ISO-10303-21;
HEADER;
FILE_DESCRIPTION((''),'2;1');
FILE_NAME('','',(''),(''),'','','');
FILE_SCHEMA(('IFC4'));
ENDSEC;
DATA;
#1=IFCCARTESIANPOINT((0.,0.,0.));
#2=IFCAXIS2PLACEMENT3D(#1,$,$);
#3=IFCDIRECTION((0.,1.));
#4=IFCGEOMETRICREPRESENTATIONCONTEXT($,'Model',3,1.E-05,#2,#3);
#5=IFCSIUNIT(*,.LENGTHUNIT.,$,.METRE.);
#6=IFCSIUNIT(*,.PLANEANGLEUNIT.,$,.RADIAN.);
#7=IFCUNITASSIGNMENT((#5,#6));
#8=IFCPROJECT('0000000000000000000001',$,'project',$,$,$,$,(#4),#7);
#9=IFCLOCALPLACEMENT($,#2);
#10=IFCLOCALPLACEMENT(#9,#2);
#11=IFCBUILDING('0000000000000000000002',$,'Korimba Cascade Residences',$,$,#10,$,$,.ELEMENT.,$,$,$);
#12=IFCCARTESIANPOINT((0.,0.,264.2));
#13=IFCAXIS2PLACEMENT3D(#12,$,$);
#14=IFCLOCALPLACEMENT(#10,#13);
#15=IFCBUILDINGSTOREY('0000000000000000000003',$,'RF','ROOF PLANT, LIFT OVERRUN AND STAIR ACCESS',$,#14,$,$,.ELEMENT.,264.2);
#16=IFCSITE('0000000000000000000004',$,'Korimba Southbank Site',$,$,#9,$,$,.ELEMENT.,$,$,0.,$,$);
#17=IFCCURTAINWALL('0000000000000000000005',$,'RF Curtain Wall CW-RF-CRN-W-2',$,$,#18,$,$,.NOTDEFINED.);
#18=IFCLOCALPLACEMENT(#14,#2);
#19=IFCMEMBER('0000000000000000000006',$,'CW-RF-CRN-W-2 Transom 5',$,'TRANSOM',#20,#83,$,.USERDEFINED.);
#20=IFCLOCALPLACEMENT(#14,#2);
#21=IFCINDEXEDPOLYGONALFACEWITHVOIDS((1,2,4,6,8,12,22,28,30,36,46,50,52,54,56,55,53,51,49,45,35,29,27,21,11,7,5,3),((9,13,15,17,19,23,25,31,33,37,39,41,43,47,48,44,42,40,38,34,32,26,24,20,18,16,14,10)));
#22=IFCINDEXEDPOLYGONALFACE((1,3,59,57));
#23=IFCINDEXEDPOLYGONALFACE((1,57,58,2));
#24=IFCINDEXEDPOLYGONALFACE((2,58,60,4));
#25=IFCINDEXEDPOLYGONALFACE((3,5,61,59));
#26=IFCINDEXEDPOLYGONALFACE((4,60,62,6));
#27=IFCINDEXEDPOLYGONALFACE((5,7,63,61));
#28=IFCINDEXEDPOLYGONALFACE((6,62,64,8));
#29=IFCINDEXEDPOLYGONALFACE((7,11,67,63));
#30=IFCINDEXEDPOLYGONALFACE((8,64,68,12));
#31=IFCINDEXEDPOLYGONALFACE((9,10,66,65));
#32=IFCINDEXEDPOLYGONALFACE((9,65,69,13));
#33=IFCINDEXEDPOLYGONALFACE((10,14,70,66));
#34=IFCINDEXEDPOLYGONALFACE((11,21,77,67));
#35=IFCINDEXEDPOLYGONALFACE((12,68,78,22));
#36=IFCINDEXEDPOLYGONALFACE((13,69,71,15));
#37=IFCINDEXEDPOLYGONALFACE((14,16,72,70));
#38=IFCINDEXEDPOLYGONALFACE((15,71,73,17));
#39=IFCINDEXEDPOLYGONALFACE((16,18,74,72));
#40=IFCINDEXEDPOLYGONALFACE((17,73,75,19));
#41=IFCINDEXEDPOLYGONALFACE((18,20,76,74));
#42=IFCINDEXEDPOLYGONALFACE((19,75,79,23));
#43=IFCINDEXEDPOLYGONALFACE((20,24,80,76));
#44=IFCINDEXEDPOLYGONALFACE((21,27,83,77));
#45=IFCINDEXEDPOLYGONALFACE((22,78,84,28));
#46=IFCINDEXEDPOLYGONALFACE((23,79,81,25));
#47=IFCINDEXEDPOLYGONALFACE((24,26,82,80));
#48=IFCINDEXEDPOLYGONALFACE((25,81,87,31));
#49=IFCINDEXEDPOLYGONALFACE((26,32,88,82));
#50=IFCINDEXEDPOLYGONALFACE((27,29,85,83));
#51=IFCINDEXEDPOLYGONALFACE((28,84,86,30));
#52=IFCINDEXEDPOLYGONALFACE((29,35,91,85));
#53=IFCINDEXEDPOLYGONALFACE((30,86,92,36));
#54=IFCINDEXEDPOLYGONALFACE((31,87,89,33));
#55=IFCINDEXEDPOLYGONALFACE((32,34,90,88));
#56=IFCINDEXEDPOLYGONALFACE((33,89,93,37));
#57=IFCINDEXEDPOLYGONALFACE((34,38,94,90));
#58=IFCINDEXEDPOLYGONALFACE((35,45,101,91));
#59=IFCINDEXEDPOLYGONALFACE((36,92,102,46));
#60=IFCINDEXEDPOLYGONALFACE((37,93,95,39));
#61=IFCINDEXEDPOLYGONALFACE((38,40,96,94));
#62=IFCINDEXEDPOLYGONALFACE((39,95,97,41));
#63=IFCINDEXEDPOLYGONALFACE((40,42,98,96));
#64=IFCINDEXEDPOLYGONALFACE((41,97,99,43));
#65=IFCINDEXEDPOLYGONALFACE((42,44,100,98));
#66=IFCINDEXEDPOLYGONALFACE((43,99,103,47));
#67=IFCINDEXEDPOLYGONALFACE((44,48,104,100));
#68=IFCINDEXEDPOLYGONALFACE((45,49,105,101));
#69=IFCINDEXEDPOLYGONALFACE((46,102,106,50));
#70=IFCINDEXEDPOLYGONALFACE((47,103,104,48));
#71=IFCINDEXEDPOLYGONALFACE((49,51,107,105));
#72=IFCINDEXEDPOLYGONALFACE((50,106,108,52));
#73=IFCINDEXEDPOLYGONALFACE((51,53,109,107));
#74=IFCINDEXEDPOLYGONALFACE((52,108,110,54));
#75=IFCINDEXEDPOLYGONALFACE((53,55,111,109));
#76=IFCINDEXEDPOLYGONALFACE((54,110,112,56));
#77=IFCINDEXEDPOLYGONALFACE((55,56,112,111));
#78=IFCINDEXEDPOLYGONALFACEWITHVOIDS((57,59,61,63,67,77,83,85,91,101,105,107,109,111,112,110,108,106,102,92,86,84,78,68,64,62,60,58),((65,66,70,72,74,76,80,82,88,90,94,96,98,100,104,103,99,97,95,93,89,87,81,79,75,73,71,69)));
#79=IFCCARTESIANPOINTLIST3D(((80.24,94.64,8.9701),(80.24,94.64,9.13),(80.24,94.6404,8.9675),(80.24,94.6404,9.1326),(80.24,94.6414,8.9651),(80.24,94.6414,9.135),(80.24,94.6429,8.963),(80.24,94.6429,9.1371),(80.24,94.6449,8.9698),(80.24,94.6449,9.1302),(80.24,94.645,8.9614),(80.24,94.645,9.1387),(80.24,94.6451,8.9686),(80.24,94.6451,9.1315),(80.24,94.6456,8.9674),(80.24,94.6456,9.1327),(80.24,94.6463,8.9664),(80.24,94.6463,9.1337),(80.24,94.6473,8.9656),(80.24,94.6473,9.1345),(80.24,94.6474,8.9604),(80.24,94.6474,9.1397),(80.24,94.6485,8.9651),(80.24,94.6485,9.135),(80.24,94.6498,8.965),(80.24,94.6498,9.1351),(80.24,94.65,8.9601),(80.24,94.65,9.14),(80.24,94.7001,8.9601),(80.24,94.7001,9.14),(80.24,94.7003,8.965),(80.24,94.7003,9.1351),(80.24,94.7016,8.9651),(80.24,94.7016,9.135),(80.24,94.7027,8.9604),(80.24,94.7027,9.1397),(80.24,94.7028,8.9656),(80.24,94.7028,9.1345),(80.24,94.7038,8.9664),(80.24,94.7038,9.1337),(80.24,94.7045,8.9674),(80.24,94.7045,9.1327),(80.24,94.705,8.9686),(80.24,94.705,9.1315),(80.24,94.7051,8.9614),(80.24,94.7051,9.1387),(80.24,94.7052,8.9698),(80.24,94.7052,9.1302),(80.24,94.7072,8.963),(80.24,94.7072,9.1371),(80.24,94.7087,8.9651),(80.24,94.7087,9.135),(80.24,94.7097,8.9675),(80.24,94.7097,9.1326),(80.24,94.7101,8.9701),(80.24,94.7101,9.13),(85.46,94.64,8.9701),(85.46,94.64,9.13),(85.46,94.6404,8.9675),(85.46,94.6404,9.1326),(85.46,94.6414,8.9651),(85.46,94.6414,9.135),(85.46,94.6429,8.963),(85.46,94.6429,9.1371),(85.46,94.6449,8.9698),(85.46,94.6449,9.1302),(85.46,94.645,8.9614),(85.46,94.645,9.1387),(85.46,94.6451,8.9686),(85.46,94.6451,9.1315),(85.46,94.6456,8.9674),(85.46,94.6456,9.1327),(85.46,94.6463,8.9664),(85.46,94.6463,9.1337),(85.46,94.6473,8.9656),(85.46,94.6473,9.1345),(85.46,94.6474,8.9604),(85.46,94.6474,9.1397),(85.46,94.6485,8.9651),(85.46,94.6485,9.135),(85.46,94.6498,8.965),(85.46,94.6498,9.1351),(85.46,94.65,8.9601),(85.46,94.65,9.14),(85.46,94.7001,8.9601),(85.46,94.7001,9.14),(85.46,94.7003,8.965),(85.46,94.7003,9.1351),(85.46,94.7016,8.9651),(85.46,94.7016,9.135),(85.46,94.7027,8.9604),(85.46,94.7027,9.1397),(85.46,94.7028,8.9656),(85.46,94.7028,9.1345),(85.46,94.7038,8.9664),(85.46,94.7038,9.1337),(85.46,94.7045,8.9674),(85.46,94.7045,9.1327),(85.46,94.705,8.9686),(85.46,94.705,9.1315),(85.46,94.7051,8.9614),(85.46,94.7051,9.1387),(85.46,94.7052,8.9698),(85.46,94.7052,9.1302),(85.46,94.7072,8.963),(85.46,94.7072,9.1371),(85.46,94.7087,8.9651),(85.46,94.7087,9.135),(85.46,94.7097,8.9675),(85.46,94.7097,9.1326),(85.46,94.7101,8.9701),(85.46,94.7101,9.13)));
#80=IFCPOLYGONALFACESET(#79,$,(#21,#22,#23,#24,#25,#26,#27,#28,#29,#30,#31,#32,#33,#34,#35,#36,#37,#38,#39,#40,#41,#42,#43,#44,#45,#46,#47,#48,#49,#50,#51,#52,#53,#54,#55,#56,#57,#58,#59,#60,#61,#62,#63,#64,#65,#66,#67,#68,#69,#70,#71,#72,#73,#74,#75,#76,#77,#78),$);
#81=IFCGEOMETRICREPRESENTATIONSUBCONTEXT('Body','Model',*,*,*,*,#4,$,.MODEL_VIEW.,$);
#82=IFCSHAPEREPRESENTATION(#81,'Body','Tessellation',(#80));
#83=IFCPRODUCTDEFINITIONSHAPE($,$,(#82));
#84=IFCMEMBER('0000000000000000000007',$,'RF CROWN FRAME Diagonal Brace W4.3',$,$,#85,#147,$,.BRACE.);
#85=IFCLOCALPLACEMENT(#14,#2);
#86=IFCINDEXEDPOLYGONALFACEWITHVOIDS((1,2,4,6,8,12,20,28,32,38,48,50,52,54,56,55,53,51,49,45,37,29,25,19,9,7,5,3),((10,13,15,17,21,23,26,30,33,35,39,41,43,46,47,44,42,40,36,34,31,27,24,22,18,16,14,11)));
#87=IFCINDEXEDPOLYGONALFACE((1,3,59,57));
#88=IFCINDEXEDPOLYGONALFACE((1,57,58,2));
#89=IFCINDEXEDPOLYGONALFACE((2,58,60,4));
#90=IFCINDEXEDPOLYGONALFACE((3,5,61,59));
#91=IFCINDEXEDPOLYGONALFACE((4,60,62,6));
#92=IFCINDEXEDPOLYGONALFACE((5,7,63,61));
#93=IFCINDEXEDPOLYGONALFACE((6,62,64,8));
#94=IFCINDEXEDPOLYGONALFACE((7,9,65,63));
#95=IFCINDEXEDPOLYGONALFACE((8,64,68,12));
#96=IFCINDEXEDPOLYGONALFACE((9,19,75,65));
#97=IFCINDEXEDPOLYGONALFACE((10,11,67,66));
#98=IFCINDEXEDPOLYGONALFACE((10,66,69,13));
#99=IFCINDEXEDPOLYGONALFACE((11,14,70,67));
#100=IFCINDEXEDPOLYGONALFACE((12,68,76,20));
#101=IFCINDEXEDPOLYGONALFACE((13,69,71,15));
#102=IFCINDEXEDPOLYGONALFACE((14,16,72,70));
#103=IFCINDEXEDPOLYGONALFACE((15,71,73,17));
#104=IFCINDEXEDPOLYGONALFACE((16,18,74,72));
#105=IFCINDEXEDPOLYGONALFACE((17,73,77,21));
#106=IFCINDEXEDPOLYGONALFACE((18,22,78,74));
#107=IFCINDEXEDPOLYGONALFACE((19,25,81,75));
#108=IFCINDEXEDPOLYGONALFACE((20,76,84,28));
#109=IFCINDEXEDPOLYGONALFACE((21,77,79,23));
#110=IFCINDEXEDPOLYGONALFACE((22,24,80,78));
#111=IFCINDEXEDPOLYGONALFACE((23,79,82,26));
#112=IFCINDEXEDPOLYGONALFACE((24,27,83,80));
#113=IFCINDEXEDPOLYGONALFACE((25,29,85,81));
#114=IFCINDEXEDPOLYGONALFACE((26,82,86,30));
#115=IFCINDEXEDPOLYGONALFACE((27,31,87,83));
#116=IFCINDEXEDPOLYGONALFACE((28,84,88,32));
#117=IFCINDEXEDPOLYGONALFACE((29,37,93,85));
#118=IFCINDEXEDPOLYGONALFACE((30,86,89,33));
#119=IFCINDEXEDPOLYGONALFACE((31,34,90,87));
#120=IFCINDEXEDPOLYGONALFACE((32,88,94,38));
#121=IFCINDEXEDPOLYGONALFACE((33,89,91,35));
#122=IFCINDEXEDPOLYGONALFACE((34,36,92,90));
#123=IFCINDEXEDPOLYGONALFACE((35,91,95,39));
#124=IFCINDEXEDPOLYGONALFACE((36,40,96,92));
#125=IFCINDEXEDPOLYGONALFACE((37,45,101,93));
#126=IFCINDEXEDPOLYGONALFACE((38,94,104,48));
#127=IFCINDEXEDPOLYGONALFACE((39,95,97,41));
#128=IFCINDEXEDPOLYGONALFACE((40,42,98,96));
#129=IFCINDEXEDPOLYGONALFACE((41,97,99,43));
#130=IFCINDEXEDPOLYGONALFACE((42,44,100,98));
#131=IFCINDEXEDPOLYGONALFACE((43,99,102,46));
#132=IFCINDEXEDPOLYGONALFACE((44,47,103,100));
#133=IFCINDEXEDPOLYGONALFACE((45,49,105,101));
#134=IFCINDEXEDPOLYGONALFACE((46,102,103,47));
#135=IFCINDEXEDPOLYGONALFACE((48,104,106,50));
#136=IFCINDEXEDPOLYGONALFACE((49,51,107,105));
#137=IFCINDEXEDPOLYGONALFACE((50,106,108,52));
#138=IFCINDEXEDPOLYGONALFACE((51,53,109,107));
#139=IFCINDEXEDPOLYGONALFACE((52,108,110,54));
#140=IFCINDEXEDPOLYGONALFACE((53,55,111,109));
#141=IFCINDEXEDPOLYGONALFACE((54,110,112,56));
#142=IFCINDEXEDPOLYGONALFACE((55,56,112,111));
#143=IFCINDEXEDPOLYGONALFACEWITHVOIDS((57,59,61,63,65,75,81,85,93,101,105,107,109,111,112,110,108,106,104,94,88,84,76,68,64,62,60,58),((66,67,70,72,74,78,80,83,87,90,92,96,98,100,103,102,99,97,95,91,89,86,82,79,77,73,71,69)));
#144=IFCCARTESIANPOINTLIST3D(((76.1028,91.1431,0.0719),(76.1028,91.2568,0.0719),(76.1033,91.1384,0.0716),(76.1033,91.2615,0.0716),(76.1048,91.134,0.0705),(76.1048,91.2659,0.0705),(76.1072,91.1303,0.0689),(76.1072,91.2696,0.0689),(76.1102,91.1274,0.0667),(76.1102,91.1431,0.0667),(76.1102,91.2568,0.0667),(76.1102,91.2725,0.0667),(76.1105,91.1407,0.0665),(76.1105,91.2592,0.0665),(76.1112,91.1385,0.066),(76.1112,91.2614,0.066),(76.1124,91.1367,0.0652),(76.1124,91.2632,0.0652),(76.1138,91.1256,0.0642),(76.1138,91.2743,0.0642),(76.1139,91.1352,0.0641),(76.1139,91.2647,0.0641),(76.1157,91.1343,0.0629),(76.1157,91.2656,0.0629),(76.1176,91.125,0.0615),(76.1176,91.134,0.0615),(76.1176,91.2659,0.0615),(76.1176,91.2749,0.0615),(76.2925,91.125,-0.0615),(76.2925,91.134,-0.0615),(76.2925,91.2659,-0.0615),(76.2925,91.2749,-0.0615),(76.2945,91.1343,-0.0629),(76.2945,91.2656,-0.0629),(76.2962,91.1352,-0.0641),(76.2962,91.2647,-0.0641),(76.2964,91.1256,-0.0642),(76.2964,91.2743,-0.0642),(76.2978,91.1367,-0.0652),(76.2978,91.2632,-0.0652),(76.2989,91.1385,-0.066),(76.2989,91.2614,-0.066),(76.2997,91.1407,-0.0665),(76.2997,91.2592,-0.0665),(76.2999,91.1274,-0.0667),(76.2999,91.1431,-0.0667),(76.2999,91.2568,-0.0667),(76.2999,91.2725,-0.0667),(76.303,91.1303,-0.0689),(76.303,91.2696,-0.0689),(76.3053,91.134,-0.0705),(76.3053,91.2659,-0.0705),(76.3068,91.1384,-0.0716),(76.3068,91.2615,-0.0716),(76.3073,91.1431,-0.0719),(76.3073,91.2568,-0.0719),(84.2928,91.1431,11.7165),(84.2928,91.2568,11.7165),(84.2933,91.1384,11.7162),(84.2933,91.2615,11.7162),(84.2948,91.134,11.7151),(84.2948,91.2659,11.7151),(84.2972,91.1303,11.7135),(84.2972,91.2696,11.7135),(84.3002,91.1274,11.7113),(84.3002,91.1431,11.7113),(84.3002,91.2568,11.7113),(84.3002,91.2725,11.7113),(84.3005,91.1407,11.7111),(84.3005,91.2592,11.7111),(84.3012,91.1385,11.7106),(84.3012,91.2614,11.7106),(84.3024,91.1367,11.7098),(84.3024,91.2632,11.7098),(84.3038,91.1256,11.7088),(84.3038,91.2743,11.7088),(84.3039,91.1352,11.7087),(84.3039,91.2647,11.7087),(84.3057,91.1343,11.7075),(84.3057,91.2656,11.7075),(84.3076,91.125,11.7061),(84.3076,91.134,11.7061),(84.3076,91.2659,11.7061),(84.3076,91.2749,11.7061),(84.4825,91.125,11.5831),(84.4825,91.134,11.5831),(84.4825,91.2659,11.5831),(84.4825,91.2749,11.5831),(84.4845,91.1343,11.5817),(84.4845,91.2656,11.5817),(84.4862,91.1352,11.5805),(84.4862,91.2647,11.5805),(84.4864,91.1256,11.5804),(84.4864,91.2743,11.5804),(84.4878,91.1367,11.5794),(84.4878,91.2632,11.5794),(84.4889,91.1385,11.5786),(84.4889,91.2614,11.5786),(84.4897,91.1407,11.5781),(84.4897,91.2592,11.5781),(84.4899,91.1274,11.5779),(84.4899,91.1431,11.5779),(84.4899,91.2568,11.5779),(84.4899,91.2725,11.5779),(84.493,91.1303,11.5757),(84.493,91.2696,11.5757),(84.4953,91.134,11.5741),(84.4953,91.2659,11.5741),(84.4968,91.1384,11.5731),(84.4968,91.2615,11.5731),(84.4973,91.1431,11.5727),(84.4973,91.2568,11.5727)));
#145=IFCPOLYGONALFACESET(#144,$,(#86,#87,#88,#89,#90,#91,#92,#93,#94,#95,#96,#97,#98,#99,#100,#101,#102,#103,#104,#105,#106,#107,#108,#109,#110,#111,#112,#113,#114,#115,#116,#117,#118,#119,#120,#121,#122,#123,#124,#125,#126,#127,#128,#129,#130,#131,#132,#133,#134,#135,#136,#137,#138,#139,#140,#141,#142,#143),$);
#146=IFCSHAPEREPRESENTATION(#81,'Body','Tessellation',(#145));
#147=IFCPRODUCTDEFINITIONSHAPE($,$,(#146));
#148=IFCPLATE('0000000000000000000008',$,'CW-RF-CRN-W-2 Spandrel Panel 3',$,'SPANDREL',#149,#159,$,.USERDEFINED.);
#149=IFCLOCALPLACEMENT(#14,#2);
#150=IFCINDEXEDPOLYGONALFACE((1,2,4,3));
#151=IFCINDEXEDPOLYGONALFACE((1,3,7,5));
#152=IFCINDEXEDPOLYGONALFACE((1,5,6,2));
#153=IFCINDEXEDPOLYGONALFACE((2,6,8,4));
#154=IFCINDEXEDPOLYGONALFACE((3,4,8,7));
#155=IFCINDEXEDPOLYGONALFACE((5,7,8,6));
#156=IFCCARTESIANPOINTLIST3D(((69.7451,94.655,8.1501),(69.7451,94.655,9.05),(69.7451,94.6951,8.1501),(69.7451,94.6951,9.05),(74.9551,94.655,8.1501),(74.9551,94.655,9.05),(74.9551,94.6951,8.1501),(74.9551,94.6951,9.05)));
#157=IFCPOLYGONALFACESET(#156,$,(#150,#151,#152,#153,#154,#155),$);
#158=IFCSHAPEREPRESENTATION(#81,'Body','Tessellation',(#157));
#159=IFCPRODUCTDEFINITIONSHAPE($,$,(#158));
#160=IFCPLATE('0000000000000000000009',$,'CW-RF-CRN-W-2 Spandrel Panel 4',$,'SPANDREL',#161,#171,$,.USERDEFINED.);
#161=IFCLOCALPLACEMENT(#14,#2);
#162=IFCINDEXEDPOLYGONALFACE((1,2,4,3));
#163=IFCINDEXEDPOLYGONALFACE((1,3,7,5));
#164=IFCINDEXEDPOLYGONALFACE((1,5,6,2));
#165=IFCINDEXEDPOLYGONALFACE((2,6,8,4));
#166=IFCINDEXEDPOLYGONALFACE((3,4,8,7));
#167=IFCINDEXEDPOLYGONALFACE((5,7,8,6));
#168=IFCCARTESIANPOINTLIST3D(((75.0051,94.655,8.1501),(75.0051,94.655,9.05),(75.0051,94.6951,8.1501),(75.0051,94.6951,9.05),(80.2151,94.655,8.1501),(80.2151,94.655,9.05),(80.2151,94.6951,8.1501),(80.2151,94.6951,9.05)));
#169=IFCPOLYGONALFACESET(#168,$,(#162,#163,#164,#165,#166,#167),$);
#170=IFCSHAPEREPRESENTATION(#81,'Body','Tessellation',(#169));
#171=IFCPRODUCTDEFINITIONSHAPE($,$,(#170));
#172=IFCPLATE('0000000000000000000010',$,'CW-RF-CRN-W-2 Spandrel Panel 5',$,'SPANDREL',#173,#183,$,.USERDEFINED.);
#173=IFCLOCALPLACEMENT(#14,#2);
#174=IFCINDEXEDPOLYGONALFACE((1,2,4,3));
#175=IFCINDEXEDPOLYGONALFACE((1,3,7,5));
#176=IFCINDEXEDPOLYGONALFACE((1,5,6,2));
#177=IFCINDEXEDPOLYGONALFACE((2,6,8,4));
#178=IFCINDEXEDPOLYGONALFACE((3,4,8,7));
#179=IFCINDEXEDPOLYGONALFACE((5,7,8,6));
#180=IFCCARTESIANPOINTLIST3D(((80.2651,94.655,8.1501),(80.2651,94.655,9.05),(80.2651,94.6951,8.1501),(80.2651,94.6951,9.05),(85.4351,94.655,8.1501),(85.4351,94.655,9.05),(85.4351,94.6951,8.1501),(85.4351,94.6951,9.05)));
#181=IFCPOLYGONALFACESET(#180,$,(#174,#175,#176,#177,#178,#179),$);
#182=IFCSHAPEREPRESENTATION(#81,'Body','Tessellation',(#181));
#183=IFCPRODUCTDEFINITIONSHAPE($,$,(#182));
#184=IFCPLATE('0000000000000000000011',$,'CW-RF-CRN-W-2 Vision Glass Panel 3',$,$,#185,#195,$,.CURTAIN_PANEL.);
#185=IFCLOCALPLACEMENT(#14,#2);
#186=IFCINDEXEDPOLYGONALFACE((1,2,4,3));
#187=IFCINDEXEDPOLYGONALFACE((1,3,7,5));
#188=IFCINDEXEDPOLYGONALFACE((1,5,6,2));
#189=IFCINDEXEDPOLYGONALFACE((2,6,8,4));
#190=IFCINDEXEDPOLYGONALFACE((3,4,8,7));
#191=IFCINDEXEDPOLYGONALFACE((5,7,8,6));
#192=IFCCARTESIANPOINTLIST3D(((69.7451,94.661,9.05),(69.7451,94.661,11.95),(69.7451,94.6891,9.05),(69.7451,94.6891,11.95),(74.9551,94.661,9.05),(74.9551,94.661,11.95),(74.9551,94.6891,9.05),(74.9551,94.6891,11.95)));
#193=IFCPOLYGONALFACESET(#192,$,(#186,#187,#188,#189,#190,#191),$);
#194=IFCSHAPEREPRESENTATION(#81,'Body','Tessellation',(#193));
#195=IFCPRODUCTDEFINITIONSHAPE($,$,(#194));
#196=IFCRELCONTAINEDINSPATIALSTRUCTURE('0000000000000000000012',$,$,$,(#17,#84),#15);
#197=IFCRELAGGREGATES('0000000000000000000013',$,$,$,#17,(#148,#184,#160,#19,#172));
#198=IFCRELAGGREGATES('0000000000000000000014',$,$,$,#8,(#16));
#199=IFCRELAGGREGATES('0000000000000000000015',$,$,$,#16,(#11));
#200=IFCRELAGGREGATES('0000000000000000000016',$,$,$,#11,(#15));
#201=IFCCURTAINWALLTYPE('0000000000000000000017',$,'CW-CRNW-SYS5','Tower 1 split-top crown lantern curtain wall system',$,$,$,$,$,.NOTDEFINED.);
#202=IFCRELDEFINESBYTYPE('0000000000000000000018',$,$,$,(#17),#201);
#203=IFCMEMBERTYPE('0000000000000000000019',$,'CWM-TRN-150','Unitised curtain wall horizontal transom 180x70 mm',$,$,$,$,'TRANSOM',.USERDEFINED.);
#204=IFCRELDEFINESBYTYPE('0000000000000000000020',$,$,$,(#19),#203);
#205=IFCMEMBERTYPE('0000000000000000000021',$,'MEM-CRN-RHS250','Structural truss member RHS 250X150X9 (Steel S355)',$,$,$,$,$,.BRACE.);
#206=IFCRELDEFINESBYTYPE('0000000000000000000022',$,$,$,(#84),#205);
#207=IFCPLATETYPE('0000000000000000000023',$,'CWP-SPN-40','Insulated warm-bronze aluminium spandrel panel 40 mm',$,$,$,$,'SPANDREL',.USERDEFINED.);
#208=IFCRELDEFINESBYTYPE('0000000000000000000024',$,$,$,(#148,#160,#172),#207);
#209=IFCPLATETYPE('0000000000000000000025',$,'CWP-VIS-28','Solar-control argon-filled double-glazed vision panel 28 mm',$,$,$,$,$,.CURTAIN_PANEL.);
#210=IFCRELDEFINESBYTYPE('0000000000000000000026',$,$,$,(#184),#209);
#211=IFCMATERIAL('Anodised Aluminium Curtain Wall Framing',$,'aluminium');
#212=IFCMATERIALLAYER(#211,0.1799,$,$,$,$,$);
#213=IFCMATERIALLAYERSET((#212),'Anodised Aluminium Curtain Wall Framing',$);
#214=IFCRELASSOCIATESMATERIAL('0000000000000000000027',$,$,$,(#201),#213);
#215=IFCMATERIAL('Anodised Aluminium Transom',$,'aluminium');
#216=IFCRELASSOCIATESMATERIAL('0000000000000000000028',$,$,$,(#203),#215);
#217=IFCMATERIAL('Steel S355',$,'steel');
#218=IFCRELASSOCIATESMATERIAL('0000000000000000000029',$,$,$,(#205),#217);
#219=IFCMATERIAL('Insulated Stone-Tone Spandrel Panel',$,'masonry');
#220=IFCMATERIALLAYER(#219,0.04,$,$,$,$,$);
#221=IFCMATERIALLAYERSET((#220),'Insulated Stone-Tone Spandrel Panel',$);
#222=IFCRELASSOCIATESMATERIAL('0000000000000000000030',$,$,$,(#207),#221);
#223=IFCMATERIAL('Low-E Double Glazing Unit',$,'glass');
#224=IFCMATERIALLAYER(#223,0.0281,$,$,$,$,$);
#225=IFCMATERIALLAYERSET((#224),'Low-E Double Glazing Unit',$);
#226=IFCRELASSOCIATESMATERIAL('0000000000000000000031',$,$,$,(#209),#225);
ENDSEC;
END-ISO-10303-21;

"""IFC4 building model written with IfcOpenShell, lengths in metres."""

from ifc_helpers import new_model, si_unit, direction, frame, origin, origin_2d, place, context, subcontext, project, spatial, rectangle, hollow_rectangle, extrude, material, layer, layer_set, material_profile, profile_set, type_object, element, aggregate, save


model = new_model("IFC4")

# Units and contexts
model_context = context("Model", 3, precision=1e-05, world=origin(), true_north=direction((0.0, 1.0)))
body_context = subcontext(model_context, "Body", "Model", "MODEL_VIEW")
ifc_project = project(units=[si_unit("LENGTHUNIT", "METRE"), si_unit("PLANEANGLEUNIT", "RADIAN")], contexts=[model_context])

# Site, building, storey
site_placement = place(None, origin())
site = spatial("IfcSite", under=ifc_project, at=site_placement, Name="Korimba Southbank Site", CompositionType="ELEMENT", RefElevation=0.0)
building_placement = place(site_placement, origin())
building = spatial("IfcBuilding", under=site, at=building_placement, Name="Korimba Cascade Residences", CompositionType="ELEMENT")
storey_placement = place(building_placement, frame((0.0, 0.0, 264.2)))
storey = spatial("IfcBuildingStorey", under=building, at=storey_placement, Name="RF", Description="ROOF PLANT, LIFT OVERRUN AND STAIR ACCESS", CompositionType="ELEMENT", Elevation=264.2)

# Shared definitions
ifc_material_1 = material(Name="Steel S355", Category="steel")

# Curtain wall, member
ifc_material_2 = material(Name="Anodised Aluminium Curtain Wall Framing", Category="aluminium")
ifc_layer_1 = layer(ifc_material_2, 0.1799)
ifc_layer_set_1 = layer_set([ifc_layer_1], Name="Anodised Aluminium Curtain Wall Framing")
curtain_wall_type = type_object("IfcCurtainWallType", Name="CW-CRNW-SYS5", Description="Tower 1 split-top crown lantern curtain wall system", PredefinedType="NOTDEFINED", material=ifc_layer_set_1)
curtain_wall_placement = place(storey_placement, origin())
curtain_wall = element("IfcCurtainWall", 1, at=curtain_wall_placement, inside=storey, type_object=curtain_wall_type, Name="RF Curtain Wall CW-RF-CRN-W-2", PredefinedType="NOTDEFINED")
ifc_material_3 = material(Name="Anodised Aluminium Transom", Category="aluminium")
ifc_material_profile_1 = material_profile(ifc_material_3, hollow_rectangle(XDim=0.0701, YDim=0.1799, WallThickness=0.0049, InnerFilletRadius=0.0049, OuterFilletRadius=0.01, at=origin_2d()), Name="Anodised Aluminium Transom")
ifc_profile_set_1 = profile_set([ifc_material_profile_1], Name="Anodised Aluminium Transom")
member_type_1 = type_object("IfcMemberType", Name="CWM-TRN-150", Description="Unitised curtain wall horizontal transom 180x70 mm", ElementType="TRANSOM", PredefinedType="USERDEFINED", material=ifc_profile_set_1)
member_1_placement = place(storey_placement, frame((80.24, 94.675, 9.05), z_axis=(1.0, 0.0, 0.0), x_axis=(0.0, 1.0, 0.0)))
member_1 = element("IfcMember", 2, at=member_1_placement, type_object=member_type_1, Name="CW-RF-CRN-W-2 Transom 5", ObjectType="TRANSOM", PredefinedType="USERDEFINED", context=body_context, shape_type="SweptSolid", body=[
    extrude(hollow_rectangle(XDim=0.0701, YDim=0.1799, WallThickness=0.0049, InnerFilletRadius=0.0049, OuterFilletRadius=0.01, at=origin_2d()), origin(), (0.0, 0.0, 1.0), 5.22),
])

# Member
ifc_material_profile_2 = material_profile(ifc_material_1, hollow_rectangle(XDim=0.1499, YDim=0.25, WallThickness=0.009, InnerFilletRadius=0.009, OuterFilletRadius=0.0181, at=origin_2d()), Name="Steel S355")
ifc_profile_set_2 = profile_set([ifc_material_profile_2], Name="Steel S355")
member_type_2 = type_object("IfcMemberType", Name="MEM-CRN-RHS250", Description="Structural truss member RHS 250X150X9 (Steel S355)", PredefinedType="BRACE", material=ifc_profile_set_2)
member_2_placement = place(storey_placement, frame((76.2051, 91.2, 0.0), z_axis=(0.575289, 0.0, 0.81795), x_axis=(0.0, 1.0, 0.0)))
element("IfcMember", 3, at=member_2_placement, inside=storey, type_object=member_type_2, Name="RF CROWN FRAME Diagonal Brace W4.3", PredefinedType="BRACE", context=body_context, shape_type="SweptSolid", body=[
    extrude(hollow_rectangle(XDim=0.1499, YDim=0.25, WallThickness=0.009, InnerFilletRadius=0.009, OuterFilletRadius=0.0181, at=origin_2d()), origin(), (0.0, 0.0, 1.0), 14.2363),
])

# Plates
ifc_material_4 = material(Name="Insulated Stone-Tone Spandrel Panel", Category="masonry")
ifc_layer_2 = layer(ifc_material_4, 0.04)
ifc_layer_set_2 = layer_set([ifc_layer_2], Name="Insulated Stone-Tone Spandrel Panel")
plate_type_1 = type_object("IfcPlateType", Name="CWP-SPN-40", Description="Insulated warm-bronze aluminium spandrel panel 40 mm", ElementType="SPANDREL", PredefinedType="USERDEFINED", material=ifc_layer_set_2)
plate_1_placement = place(storey_placement, frame((72.3501, 94.675, 8.1501), z_axis=(0.0, 0.0, 1.0), x_axis=(1.0, 0.0, 0.0)))
plate_1 = element("IfcPlate", 4, at=plate_1_placement, type_object=plate_type_1, Name="CW-RF-CRN-W-2 Spandrel Panel 3", ObjectType="SPANDREL", PredefinedType="USERDEFINED", context=body_context, shape_type="SweptSolid", body=[
    extrude(rectangle(XDim=5.21, YDim=0.04, at=origin_2d()), origin(), (0.0, 0.0, 1.0), 0.8999),
])
plate_2_placement = place(storey_placement, frame((77.6101, 94.675, 8.1501), z_axis=(0.0, 0.0, 1.0), x_axis=(1.0, 0.0, 0.0)))
plate_2 = element("IfcPlate", 5, at=plate_2_placement, type_object=plate_type_1, Name="CW-RF-CRN-W-2 Spandrel Panel 4", ObjectType="SPANDREL", PredefinedType="USERDEFINED", context=body_context, shape_type="SweptSolid", body=[
    extrude(rectangle(XDim=5.21, YDim=0.04, at=origin_2d()), origin(), (0.0, 0.0, 1.0), 0.8999),
])
plate_3_placement = place(storey_placement, frame((82.8501, 94.675, 8.1501), z_axis=(0.0, 0.0, 1.0), x_axis=(1.0, 0.0, 0.0)))
plate_3 = element("IfcPlate", 6, at=plate_3_placement, type_object=plate_type_1, Name="CW-RF-CRN-W-2 Spandrel Panel 5", ObjectType="SPANDREL", PredefinedType="USERDEFINED", context=body_context, shape_type="SweptSolid", body=[
    extrude(rectangle(XDim=5.1699, YDim=0.04, at=origin_2d()), origin(), (0.0, 0.0, 1.0), 0.8999),
])
ifc_material_5 = material(Name="Low-E Double Glazing Unit", Category="glass")
ifc_layer_3 = layer(ifc_material_5, 0.0281)
ifc_layer_set_3 = layer_set([ifc_layer_3], Name="Low-E Double Glazing Unit")
plate_type_2 = type_object("IfcPlateType", Name="CWP-VIS-28", Description="Solar-control argon-filled double-glazed vision panel 28 mm", PredefinedType="CURTAIN_PANEL", material=ifc_layer_set_3)
plate_4_placement = place(storey_placement, frame((72.3501, 94.675, 9.05), z_axis=(0.0, 0.0, 1.0), x_axis=(1.0, 0.0, 0.0)))
plate_4 = element("IfcPlate", 7, at=plate_4_placement, type_object=plate_type_2, Name="CW-RF-CRN-W-2 Vision Glass Panel 3", PredefinedType="CURTAIN_PANEL", context=body_context, shape_type="SweptSolid", body=[
    extrude(rectangle(XDim=5.21, YDim=0.0281, at=origin_2d()), origin(), (0.0, 0.0, 1.0), 2.8999),
])
aggregate(curtain_wall, [plate_1, plate_4, plate_2, member_1, plate_3])

save(model, "model.ifc")
